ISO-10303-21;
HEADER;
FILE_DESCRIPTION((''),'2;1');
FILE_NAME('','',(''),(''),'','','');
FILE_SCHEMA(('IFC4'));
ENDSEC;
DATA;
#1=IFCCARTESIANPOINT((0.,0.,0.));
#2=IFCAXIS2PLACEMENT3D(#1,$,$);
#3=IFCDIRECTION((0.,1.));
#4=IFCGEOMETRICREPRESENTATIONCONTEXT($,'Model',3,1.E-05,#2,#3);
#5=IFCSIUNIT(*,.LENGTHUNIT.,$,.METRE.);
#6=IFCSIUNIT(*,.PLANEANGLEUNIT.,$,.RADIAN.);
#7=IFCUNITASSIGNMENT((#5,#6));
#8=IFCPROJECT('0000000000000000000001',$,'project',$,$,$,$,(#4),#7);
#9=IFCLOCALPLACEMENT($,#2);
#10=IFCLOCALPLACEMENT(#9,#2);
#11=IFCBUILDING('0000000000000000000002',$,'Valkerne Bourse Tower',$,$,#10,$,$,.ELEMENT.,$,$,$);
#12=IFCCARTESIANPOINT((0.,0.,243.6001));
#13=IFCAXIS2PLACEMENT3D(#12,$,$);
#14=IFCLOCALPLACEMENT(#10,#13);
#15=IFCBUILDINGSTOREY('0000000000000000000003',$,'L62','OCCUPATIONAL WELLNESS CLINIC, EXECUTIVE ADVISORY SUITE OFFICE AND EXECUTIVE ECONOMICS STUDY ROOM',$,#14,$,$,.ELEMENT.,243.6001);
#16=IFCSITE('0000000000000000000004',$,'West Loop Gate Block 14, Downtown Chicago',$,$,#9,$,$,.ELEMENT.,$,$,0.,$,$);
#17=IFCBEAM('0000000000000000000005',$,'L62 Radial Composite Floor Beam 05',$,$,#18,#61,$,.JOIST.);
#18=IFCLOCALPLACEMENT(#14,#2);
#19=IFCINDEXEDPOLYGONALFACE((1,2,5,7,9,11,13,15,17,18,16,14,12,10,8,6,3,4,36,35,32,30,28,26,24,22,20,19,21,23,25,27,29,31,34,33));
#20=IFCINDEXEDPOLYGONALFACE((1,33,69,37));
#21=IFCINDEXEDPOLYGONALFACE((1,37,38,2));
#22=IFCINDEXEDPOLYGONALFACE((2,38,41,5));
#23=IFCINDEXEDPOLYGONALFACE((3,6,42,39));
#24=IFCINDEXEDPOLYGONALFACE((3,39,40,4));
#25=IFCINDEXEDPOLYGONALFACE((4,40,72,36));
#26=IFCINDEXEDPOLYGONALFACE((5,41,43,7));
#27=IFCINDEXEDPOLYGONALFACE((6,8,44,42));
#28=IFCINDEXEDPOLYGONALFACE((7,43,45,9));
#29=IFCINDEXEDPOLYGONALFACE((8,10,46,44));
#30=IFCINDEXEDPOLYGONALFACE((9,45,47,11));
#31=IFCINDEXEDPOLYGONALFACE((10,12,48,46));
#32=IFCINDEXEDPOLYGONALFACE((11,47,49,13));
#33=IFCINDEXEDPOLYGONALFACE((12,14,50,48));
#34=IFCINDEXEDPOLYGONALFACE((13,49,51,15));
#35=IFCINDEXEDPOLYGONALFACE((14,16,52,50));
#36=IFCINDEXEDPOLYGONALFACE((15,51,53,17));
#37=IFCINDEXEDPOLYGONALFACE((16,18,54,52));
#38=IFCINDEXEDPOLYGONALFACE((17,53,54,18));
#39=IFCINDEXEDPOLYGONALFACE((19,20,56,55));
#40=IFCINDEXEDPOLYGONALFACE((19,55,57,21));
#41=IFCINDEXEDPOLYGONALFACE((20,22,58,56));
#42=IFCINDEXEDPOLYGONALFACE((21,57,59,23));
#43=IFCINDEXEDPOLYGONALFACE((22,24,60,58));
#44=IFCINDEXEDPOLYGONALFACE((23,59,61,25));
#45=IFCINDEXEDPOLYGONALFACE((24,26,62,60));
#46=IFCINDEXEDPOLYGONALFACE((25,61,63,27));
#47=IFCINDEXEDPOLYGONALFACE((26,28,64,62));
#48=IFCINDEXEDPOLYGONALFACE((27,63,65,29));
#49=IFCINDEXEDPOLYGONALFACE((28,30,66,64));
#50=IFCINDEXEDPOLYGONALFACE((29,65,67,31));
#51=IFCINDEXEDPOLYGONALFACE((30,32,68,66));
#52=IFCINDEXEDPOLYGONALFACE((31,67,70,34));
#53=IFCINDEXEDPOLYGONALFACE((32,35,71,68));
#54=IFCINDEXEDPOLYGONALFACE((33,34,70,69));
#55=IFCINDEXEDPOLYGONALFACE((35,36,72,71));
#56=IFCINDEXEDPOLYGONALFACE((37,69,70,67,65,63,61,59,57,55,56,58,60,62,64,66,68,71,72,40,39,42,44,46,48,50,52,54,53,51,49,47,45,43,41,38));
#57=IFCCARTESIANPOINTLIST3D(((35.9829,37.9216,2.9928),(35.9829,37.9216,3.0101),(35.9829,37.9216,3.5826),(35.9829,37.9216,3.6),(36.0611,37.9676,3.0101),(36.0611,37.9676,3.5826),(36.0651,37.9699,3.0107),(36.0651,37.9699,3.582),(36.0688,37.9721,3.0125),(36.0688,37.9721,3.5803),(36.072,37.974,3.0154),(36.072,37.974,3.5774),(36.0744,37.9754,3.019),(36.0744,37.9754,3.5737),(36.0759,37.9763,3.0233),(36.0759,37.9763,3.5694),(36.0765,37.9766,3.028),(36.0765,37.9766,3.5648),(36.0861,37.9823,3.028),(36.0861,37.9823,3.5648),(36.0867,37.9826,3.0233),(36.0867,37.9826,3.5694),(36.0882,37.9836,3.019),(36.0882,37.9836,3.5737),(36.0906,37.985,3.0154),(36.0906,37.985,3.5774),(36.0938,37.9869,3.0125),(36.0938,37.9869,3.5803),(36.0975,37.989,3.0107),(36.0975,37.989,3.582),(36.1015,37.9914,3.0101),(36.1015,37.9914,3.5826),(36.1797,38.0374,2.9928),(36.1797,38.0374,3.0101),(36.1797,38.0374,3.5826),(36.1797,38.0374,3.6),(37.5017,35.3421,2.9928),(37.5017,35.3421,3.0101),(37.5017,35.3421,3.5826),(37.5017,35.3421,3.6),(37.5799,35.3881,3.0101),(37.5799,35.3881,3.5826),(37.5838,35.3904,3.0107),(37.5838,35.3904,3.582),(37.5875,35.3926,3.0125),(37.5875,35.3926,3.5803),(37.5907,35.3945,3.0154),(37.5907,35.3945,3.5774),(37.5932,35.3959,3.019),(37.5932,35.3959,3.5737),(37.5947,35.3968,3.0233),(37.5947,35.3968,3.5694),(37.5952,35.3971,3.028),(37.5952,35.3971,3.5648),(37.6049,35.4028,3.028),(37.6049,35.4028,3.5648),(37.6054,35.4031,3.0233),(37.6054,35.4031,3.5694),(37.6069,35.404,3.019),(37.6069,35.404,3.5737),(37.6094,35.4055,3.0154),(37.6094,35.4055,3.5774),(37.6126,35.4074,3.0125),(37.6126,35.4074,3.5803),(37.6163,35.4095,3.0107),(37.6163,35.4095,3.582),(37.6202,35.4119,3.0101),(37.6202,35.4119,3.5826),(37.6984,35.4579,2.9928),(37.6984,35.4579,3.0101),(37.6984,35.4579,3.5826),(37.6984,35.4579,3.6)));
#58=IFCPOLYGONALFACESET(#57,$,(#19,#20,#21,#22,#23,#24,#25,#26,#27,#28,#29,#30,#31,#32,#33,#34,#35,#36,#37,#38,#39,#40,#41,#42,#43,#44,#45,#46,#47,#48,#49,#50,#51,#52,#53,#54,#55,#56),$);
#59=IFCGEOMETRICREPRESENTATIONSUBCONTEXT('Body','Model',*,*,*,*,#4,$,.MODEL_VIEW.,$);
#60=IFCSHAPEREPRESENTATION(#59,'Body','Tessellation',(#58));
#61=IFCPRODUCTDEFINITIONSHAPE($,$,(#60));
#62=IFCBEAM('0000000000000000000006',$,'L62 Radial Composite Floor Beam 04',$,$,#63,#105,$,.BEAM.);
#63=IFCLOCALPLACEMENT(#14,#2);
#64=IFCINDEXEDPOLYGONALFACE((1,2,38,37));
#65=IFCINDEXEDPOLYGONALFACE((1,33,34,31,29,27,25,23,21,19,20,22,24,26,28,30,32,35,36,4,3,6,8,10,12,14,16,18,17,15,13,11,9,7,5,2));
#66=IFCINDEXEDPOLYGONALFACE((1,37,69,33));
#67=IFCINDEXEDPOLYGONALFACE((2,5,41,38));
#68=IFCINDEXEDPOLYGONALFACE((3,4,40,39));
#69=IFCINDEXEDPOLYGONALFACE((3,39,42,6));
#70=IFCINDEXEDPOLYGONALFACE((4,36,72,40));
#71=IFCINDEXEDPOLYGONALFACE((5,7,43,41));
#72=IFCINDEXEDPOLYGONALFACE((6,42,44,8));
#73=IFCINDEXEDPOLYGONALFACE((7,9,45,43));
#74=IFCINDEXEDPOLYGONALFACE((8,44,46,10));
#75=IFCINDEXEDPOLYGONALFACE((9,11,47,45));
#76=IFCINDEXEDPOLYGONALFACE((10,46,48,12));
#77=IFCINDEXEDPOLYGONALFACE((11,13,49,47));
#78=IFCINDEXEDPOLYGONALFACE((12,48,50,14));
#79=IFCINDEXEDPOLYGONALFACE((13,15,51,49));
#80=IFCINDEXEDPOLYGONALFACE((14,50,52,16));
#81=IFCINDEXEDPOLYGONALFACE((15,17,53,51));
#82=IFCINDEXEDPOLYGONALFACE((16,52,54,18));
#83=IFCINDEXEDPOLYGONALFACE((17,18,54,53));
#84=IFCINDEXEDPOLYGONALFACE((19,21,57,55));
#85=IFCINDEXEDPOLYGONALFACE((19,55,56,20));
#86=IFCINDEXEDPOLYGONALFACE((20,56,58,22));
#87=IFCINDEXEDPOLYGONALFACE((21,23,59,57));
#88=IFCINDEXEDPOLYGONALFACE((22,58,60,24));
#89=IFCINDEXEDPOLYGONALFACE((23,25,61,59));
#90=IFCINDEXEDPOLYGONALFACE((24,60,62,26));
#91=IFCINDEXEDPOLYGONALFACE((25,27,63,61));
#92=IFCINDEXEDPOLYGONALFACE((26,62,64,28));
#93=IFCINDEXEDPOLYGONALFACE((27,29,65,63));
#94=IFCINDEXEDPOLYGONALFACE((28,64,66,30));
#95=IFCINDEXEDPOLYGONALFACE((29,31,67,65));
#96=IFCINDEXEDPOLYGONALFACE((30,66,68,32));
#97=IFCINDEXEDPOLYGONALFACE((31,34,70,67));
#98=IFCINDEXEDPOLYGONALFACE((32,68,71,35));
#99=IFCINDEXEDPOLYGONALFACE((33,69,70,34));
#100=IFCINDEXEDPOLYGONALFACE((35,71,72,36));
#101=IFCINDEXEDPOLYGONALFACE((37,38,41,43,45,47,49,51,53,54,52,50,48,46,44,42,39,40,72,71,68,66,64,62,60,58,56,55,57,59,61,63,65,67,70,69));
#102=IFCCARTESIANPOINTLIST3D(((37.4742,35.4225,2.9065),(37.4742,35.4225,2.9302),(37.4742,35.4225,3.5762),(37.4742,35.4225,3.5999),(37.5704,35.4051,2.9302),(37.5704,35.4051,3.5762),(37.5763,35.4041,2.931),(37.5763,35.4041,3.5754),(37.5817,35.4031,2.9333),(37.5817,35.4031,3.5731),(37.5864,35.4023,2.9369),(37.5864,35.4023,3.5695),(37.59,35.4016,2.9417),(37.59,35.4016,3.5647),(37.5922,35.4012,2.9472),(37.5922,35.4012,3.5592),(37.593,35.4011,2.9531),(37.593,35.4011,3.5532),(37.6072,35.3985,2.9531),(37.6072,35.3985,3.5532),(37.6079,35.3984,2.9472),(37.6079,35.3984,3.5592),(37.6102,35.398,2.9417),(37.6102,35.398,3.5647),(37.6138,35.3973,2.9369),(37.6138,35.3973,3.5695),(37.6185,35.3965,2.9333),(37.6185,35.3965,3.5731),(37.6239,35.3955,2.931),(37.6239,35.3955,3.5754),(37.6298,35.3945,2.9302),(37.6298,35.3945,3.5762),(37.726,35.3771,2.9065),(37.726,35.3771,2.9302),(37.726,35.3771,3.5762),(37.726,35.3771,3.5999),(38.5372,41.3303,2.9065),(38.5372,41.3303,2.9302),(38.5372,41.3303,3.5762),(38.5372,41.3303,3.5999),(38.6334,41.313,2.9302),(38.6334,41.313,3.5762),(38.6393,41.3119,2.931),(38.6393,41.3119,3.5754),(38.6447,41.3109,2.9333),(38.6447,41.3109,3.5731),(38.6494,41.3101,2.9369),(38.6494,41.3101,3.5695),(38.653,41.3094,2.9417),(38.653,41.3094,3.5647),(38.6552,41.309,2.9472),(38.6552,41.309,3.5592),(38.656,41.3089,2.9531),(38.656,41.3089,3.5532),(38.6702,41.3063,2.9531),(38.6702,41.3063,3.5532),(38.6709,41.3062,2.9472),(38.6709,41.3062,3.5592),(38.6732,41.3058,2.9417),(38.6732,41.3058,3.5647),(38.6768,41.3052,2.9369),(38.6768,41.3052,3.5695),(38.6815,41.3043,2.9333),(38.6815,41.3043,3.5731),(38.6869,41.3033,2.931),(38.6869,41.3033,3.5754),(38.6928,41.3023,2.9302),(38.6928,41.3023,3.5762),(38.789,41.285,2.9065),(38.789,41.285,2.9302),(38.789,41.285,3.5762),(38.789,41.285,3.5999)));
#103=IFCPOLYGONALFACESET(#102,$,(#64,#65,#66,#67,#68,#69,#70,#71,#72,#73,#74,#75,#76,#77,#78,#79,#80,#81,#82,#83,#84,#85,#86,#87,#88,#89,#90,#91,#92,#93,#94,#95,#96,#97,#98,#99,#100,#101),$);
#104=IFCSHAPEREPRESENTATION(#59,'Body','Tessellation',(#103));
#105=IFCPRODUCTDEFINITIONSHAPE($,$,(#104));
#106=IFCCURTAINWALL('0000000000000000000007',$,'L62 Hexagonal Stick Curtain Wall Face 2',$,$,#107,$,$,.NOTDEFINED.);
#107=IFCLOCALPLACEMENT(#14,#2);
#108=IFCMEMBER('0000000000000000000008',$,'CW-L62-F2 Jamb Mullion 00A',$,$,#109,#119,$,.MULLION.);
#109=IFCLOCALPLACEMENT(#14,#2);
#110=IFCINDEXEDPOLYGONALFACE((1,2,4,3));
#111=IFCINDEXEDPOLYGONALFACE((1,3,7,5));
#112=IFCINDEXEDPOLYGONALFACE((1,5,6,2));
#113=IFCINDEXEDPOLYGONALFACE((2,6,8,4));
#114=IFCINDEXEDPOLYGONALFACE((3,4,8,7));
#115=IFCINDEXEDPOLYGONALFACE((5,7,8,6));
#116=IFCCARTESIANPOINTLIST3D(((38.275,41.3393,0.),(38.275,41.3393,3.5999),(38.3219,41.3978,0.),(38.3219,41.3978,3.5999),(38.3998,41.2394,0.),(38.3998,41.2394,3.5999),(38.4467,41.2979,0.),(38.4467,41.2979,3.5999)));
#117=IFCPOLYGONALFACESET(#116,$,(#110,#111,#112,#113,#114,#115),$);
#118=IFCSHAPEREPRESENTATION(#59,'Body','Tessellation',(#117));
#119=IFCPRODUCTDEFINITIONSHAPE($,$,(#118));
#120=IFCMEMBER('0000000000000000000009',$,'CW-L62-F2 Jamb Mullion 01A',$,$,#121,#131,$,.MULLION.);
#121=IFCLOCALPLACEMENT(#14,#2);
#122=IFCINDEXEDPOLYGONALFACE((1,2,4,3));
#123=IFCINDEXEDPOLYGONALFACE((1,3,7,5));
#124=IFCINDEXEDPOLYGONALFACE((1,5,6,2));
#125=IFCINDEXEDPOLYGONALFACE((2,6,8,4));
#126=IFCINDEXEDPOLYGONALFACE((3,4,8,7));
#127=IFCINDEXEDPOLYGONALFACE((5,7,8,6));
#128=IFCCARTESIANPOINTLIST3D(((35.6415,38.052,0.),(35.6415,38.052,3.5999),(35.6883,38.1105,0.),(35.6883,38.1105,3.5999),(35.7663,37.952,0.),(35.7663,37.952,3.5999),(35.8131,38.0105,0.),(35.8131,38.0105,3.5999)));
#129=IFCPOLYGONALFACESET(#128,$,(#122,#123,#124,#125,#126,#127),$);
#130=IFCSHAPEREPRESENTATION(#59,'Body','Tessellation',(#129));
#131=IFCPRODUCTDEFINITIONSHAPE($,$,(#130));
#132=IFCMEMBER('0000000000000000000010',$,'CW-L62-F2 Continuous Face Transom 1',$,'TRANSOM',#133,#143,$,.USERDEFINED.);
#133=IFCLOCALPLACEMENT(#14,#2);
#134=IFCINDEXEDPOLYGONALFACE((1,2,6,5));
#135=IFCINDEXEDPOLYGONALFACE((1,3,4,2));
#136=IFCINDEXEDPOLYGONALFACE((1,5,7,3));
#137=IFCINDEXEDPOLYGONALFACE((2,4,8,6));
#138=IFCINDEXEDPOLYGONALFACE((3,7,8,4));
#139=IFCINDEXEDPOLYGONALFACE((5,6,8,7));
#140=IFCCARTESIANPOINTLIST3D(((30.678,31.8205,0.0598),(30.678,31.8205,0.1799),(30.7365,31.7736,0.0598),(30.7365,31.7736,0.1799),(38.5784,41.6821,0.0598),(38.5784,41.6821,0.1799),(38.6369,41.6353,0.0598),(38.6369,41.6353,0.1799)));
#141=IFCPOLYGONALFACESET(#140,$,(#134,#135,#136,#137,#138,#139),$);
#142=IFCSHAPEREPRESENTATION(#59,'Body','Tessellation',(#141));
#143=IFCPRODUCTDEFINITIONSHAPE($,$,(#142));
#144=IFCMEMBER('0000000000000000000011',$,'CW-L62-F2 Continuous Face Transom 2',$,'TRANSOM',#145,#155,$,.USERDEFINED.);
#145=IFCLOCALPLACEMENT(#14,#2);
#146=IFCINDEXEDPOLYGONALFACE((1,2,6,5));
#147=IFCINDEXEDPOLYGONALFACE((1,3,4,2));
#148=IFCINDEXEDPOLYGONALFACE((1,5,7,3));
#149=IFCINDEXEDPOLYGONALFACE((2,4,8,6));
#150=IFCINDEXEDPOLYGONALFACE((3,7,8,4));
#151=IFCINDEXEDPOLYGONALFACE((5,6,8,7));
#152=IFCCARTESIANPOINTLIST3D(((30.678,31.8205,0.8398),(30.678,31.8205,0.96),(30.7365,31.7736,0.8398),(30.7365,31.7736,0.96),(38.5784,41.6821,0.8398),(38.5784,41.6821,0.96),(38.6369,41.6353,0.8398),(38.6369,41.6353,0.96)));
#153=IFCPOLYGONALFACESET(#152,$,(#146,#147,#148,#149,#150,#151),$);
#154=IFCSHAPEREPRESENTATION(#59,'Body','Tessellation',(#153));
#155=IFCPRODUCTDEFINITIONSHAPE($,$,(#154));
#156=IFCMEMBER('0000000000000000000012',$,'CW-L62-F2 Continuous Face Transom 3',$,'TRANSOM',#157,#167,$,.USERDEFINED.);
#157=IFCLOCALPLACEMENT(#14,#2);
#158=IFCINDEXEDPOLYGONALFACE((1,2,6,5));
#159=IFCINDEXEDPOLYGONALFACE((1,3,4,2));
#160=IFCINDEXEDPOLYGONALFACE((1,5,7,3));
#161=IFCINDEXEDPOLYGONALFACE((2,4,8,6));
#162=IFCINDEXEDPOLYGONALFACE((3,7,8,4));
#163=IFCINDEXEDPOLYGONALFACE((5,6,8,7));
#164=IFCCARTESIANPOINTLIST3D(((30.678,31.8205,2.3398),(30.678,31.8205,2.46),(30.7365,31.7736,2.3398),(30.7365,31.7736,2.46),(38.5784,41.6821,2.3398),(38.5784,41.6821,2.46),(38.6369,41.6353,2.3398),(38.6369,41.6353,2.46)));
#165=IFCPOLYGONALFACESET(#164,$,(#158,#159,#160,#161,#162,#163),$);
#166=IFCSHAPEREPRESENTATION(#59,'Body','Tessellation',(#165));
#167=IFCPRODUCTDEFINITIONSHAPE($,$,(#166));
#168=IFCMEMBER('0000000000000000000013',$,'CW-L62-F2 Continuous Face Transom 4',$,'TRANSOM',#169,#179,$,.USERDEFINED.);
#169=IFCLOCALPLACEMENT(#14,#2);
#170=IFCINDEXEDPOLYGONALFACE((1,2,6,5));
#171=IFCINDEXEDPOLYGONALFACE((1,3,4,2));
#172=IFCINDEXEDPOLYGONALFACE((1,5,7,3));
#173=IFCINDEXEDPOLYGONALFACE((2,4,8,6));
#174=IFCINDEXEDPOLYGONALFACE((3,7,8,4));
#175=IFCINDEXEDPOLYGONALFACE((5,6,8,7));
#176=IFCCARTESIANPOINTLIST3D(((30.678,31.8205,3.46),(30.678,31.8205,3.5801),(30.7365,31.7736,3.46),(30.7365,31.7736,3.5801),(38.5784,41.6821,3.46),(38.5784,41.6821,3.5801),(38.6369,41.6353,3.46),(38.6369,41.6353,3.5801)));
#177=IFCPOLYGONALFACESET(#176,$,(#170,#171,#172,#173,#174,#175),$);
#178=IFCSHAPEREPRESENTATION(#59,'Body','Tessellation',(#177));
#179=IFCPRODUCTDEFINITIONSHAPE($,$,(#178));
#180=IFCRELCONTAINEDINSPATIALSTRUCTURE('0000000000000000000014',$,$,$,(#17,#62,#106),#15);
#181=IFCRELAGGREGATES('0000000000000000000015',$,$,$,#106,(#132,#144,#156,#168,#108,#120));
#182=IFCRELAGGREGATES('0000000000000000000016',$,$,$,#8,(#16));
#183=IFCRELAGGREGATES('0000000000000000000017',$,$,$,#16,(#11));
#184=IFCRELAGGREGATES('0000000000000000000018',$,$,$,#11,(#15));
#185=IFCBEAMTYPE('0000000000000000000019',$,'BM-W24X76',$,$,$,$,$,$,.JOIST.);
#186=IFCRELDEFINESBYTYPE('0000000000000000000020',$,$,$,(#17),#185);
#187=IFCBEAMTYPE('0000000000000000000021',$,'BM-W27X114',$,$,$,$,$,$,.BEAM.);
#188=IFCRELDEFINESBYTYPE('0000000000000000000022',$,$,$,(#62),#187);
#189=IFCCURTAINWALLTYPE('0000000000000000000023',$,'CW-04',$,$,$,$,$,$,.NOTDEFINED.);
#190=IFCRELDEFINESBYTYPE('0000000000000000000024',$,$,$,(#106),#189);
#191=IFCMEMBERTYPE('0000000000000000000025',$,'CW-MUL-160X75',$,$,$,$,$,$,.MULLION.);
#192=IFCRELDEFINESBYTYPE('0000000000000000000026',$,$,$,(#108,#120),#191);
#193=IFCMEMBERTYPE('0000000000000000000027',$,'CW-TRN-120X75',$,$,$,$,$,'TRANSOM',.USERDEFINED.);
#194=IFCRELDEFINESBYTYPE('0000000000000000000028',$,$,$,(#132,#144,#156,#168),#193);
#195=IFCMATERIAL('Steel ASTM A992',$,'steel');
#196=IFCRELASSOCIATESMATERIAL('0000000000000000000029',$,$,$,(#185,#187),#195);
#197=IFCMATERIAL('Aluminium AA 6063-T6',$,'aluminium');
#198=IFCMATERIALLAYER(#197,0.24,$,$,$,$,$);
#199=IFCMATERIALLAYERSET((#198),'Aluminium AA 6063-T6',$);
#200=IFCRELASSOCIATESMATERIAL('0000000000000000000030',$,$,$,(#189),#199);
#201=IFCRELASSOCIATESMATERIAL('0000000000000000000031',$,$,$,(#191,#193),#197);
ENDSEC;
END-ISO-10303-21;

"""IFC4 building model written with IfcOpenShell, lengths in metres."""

from ifc_helpers import new_model, si_unit, direction, frame, origin, origin_2d, place, context, subcontext, project, spatial, rectangle, i_section, extrude, material, layer, layer_set, material_profile, profile_set, type_object, element, aggregate, save


model = new_model("IFC4")

# Units and contexts
model_context = context("Model", 3, precision=1e-05, world=origin(), true_north=direction((0.0, 1.0)))
body_context = subcontext(model_context, "Body", "Model", "MODEL_VIEW")
ifc_project = project(units=[si_unit("LENGTHUNIT", "METRE"), si_unit("PLANEANGLEUNIT", "RADIAN")], contexts=[model_context])

# Site, building, storey
site_placement = place(None, origin())
site = spatial("IfcSite", under=ifc_project, at=site_placement, Name="West Loop Gate Block 14, Downtown Chicago", CompositionType="ELEMENT", RefElevation=0.0)
building_placement = place(site_placement, origin())
building = spatial("IfcBuilding", under=site, at=building_placement, Name="Valkerne Bourse Tower", CompositionType="ELEMENT")
storey_placement = place(building_placement, frame((0.0, 0.0, 243.6001)))
storey = spatial("IfcBuildingStorey", under=building, at=storey_placement, Name="L62", Description="OCCUPATIONAL WELLNESS CLINIC, EXECUTIVE ADVISORY SUITE OFFICE AND EXECUTIVE ECONOMICS STUDY ROOM", CompositionType="ELEMENT", Elevation=243.6001)

# Beams
ifc_material_1 = material(Name="Steel ASTM A992", Category="steel")
ifc_material_profile_1 = material_profile(ifc_material_1, i_section(OverallWidth=0.2283, OverallDepth=0.6072, WebThickness=0.0112, FlangeThickness=0.0173, FilletRadius=0.0178, at=origin_2d()), Name="W24X76")
ifc_profile_set_1 = profile_set([ifc_material_profile_1], Name="Steel ASTM A992")
beam_type_1 = type_object("IfcBeamType", Name="BM-W24X76", PredefinedType="JOIST", material=ifc_profile_set_1)
beam_1_placement = place(storey_placement, frame((36.0813, 37.9795, 3.2964), z_axis=(0.507366, -0.861731, 0.0), x_axis=(0.861731, 0.507366, 0.0)))
element("IfcBeam", 1, at=beam_1_placement, inside=storey, type_object=beam_type_1, Name="L62 Radial Composite Floor Beam 05", PredefinedType="JOIST", context=body_context, shape_type="SweptSolid", body=[
    extrude(i_section(OverallWidth=0.2283, OverallDepth=0.6072, WebThickness=0.0112, FlangeThickness=0.0173, FilletRadius=0.0178, at=origin_2d()), origin(), (0.0, 0.0, 1.0), 2.9934),
])
ifc_material_profile_2 = material_profile(ifc_material_1, i_section(OverallWidth=0.2559, OverallDepth=0.6934, WebThickness=0.0144, FlangeThickness=0.0237, FilletRadius=0.0229, at=origin_2d()), Name="W27X114")
ifc_profile_set_2 = profile_set([ifc_material_profile_2], Name="Steel ASTM A992")
beam_type_2 = type_object("IfcBeamType", Name="BM-W27X114", PredefinedType="BEAM", material=ifc_profile_set_2)
beam_2_placement = place(storey_placement, frame((38.6631, 41.3076, 3.2532), z_axis=(-0.177088, -0.984195, 0.0), x_axis=(0.984195, -0.177088, 0.0)))
element("IfcBeam", 2, at=beam_2_placement, inside=storey, type_object=beam_type_2, Name="L62 Radial Composite Floor Beam 04", PredefinedType="BEAM", context=body_context, shape_type="SweptSolid", body=[
    extrude(i_section(OverallWidth=0.2559, OverallDepth=0.6934, WebThickness=0.0144, FlangeThickness=0.0237, FilletRadius=0.0229, at=origin_2d()), origin(), (0.0, 0.0, 1.0), 6.0027),
])

# Curtain wall, members
ifc_material_2 = material(Name="Aluminium AA 6063-T6", Category="aluminium")
ifc_layer_1 = layer(ifc_material_2, 0.24)
ifc_layer_set_1 = layer_set([ifc_layer_1], Name="Aluminium AA 6063-T6")
curtain_wall_type = type_object("IfcCurtainWallType", Name="CW-04", PredefinedType="NOTDEFINED", material=ifc_layer_set_1)
curtain_wall_placement = place(storey_placement, origin())
curtain_wall = element("IfcCurtainWall", 3, at=curtain_wall_placement, inside=storey, type_object=curtain_wall_type, Name="L62 Hexagonal Stick Curtain Wall Face 2", PredefinedType="NOTDEFINED")
ifc_material_profile_3 = material_profile(ifc_material_2, rectangle(XDim=0.075, YDim=0.1599, at=origin_2d()), Name="CWM-75X160")
ifc_profile_set_3 = profile_set([ifc_material_profile_3], Name="Aluminium AA 6063-T6")
member_type_1 = type_object("IfcMemberType", Name="CW-MUL-160X75", PredefinedType="MULLION", material=ifc_profile_set_3)
member_1_placement = place(storey_placement, frame((38.3608, 41.3186, 0.0), z_axis=(0.0, 0.0, 1.0), x_axis=(-0.625236, -0.780435, 0.0)))
member_1 = element("IfcMember", 4, at=member_1_placement, type_object=member_type_1, Name="CW-L62-F2 Jamb Mullion 00A", PredefinedType="MULLION", context=body_context, shape_type="SweptSolid", body=[
    extrude(rectangle(XDim=0.075, YDim=0.1599, at=origin_2d()), origin(), (0.0, 0.0, 1.0), 3.5999),
])
member_2_placement = place(storey_placement, frame((35.7273, 38.0312, 0.0), z_axis=(0.0, 0.0, 1.0), x_axis=(-0.625236, -0.780435, 0.0)))
member_2 = element("IfcMember", 5, at=member_2_placement, type_object=member_type_1, Name="CW-L62-F2 Jamb Mullion 01A", PredefinedType="MULLION", context=body_context, shape_type="SweptSolid", body=[
    extrude(rectangle(XDim=0.075, YDim=0.1599, at=origin_2d()), origin(), (0.0, 0.0, 1.0), 3.5999),
])
ifc_material_profile_4 = material_profile(ifc_material_2, rectangle(XDim=0.075, YDim=0.1201, at=origin_2d()), Name="CWT-75X120")
ifc_profile_set_4 = profile_set([ifc_material_profile_4], Name="Aluminium AA 6063-T6")
member_type_2 = type_object("IfcMemberType", Name="CW-TRN-120X75", ElementType="TRANSOM", PredefinedType="USERDEFINED", material=ifc_profile_set_4)
member_3_placement = place(storey_placement, frame((38.6077, 41.6587, 0.1199), z_axis=(-0.625232, -0.780439, 0.0), x_axis=(0.780439, -0.625232, 0.0)))
member_3 = element("IfcMember", 6, at=member_3_placement, type_object=member_type_2, Name="CW-L62-F2 Continuous Face Transom 1", ObjectType="TRANSOM", PredefinedType="USERDEFINED", context=body_context, shape_type="SweptSolid", body=[
    extrude(rectangle(XDim=0.075, YDim=0.1201, at=origin_2d()), origin(), (0.0, 0.0, 1.0), 12.636),
])
member_4_placement = place(storey_placement, frame((38.6077, 41.6587, 0.8999), z_axis=(-0.625232, -0.780439, 0.0), x_axis=(0.780439, -0.625232, 0.0)))
member_4 = element("IfcMember", 7, at=member_4_placement, type_object=member_type_2, Name="CW-L62-F2 Continuous Face Transom 2", ObjectType="TRANSOM", PredefinedType="USERDEFINED", context=body_context, shape_type="SweptSolid", body=[
    extrude(rectangle(XDim=0.075, YDim=0.1201, at=origin_2d()), origin(), (0.0, 0.0, 1.0), 12.636),
])
member_5_placement = place(storey_placement, frame((38.6077, 41.6587, 2.3999), z_axis=(-0.625232, -0.780439, 0.0), x_axis=(0.780439, -0.625232, 0.0)))
member_5 = element("IfcMember", 8, at=member_5_placement, type_object=member_type_2, Name="CW-L62-F2 Continuous Face Transom 3", ObjectType="TRANSOM", PredefinedType="USERDEFINED", context=body_context, shape_type="SweptSolid", body=[
    extrude(rectangle(XDim=0.075, YDim=0.1201, at=origin_2d()), origin(), (0.0, 0.0, 1.0), 12.636),
])
member_6_placement = place(storey_placement, frame((38.6077, 41.6587, 3.52), z_axis=(-0.625232, -0.780439, 0.0), x_axis=(0.780439, -0.625232, 0.0)))
member_6 = element("IfcMember", 9, at=member_6_placement, type_object=member_type_2, Name="CW-L62-F2 Continuous Face Transom 4", ObjectType="TRANSOM", PredefinedType="USERDEFINED", context=body_context, shape_type="SweptSolid", body=[
    extrude(rectangle(XDim=0.075, YDim=0.1201, at=origin_2d()), origin(), (0.0, 0.0, 1.0), 12.636),
])

aggregate(curtain_wall, [member_3, member_4, member_5, member_6, member_1, member_2])

save(model, "model.ifc")
